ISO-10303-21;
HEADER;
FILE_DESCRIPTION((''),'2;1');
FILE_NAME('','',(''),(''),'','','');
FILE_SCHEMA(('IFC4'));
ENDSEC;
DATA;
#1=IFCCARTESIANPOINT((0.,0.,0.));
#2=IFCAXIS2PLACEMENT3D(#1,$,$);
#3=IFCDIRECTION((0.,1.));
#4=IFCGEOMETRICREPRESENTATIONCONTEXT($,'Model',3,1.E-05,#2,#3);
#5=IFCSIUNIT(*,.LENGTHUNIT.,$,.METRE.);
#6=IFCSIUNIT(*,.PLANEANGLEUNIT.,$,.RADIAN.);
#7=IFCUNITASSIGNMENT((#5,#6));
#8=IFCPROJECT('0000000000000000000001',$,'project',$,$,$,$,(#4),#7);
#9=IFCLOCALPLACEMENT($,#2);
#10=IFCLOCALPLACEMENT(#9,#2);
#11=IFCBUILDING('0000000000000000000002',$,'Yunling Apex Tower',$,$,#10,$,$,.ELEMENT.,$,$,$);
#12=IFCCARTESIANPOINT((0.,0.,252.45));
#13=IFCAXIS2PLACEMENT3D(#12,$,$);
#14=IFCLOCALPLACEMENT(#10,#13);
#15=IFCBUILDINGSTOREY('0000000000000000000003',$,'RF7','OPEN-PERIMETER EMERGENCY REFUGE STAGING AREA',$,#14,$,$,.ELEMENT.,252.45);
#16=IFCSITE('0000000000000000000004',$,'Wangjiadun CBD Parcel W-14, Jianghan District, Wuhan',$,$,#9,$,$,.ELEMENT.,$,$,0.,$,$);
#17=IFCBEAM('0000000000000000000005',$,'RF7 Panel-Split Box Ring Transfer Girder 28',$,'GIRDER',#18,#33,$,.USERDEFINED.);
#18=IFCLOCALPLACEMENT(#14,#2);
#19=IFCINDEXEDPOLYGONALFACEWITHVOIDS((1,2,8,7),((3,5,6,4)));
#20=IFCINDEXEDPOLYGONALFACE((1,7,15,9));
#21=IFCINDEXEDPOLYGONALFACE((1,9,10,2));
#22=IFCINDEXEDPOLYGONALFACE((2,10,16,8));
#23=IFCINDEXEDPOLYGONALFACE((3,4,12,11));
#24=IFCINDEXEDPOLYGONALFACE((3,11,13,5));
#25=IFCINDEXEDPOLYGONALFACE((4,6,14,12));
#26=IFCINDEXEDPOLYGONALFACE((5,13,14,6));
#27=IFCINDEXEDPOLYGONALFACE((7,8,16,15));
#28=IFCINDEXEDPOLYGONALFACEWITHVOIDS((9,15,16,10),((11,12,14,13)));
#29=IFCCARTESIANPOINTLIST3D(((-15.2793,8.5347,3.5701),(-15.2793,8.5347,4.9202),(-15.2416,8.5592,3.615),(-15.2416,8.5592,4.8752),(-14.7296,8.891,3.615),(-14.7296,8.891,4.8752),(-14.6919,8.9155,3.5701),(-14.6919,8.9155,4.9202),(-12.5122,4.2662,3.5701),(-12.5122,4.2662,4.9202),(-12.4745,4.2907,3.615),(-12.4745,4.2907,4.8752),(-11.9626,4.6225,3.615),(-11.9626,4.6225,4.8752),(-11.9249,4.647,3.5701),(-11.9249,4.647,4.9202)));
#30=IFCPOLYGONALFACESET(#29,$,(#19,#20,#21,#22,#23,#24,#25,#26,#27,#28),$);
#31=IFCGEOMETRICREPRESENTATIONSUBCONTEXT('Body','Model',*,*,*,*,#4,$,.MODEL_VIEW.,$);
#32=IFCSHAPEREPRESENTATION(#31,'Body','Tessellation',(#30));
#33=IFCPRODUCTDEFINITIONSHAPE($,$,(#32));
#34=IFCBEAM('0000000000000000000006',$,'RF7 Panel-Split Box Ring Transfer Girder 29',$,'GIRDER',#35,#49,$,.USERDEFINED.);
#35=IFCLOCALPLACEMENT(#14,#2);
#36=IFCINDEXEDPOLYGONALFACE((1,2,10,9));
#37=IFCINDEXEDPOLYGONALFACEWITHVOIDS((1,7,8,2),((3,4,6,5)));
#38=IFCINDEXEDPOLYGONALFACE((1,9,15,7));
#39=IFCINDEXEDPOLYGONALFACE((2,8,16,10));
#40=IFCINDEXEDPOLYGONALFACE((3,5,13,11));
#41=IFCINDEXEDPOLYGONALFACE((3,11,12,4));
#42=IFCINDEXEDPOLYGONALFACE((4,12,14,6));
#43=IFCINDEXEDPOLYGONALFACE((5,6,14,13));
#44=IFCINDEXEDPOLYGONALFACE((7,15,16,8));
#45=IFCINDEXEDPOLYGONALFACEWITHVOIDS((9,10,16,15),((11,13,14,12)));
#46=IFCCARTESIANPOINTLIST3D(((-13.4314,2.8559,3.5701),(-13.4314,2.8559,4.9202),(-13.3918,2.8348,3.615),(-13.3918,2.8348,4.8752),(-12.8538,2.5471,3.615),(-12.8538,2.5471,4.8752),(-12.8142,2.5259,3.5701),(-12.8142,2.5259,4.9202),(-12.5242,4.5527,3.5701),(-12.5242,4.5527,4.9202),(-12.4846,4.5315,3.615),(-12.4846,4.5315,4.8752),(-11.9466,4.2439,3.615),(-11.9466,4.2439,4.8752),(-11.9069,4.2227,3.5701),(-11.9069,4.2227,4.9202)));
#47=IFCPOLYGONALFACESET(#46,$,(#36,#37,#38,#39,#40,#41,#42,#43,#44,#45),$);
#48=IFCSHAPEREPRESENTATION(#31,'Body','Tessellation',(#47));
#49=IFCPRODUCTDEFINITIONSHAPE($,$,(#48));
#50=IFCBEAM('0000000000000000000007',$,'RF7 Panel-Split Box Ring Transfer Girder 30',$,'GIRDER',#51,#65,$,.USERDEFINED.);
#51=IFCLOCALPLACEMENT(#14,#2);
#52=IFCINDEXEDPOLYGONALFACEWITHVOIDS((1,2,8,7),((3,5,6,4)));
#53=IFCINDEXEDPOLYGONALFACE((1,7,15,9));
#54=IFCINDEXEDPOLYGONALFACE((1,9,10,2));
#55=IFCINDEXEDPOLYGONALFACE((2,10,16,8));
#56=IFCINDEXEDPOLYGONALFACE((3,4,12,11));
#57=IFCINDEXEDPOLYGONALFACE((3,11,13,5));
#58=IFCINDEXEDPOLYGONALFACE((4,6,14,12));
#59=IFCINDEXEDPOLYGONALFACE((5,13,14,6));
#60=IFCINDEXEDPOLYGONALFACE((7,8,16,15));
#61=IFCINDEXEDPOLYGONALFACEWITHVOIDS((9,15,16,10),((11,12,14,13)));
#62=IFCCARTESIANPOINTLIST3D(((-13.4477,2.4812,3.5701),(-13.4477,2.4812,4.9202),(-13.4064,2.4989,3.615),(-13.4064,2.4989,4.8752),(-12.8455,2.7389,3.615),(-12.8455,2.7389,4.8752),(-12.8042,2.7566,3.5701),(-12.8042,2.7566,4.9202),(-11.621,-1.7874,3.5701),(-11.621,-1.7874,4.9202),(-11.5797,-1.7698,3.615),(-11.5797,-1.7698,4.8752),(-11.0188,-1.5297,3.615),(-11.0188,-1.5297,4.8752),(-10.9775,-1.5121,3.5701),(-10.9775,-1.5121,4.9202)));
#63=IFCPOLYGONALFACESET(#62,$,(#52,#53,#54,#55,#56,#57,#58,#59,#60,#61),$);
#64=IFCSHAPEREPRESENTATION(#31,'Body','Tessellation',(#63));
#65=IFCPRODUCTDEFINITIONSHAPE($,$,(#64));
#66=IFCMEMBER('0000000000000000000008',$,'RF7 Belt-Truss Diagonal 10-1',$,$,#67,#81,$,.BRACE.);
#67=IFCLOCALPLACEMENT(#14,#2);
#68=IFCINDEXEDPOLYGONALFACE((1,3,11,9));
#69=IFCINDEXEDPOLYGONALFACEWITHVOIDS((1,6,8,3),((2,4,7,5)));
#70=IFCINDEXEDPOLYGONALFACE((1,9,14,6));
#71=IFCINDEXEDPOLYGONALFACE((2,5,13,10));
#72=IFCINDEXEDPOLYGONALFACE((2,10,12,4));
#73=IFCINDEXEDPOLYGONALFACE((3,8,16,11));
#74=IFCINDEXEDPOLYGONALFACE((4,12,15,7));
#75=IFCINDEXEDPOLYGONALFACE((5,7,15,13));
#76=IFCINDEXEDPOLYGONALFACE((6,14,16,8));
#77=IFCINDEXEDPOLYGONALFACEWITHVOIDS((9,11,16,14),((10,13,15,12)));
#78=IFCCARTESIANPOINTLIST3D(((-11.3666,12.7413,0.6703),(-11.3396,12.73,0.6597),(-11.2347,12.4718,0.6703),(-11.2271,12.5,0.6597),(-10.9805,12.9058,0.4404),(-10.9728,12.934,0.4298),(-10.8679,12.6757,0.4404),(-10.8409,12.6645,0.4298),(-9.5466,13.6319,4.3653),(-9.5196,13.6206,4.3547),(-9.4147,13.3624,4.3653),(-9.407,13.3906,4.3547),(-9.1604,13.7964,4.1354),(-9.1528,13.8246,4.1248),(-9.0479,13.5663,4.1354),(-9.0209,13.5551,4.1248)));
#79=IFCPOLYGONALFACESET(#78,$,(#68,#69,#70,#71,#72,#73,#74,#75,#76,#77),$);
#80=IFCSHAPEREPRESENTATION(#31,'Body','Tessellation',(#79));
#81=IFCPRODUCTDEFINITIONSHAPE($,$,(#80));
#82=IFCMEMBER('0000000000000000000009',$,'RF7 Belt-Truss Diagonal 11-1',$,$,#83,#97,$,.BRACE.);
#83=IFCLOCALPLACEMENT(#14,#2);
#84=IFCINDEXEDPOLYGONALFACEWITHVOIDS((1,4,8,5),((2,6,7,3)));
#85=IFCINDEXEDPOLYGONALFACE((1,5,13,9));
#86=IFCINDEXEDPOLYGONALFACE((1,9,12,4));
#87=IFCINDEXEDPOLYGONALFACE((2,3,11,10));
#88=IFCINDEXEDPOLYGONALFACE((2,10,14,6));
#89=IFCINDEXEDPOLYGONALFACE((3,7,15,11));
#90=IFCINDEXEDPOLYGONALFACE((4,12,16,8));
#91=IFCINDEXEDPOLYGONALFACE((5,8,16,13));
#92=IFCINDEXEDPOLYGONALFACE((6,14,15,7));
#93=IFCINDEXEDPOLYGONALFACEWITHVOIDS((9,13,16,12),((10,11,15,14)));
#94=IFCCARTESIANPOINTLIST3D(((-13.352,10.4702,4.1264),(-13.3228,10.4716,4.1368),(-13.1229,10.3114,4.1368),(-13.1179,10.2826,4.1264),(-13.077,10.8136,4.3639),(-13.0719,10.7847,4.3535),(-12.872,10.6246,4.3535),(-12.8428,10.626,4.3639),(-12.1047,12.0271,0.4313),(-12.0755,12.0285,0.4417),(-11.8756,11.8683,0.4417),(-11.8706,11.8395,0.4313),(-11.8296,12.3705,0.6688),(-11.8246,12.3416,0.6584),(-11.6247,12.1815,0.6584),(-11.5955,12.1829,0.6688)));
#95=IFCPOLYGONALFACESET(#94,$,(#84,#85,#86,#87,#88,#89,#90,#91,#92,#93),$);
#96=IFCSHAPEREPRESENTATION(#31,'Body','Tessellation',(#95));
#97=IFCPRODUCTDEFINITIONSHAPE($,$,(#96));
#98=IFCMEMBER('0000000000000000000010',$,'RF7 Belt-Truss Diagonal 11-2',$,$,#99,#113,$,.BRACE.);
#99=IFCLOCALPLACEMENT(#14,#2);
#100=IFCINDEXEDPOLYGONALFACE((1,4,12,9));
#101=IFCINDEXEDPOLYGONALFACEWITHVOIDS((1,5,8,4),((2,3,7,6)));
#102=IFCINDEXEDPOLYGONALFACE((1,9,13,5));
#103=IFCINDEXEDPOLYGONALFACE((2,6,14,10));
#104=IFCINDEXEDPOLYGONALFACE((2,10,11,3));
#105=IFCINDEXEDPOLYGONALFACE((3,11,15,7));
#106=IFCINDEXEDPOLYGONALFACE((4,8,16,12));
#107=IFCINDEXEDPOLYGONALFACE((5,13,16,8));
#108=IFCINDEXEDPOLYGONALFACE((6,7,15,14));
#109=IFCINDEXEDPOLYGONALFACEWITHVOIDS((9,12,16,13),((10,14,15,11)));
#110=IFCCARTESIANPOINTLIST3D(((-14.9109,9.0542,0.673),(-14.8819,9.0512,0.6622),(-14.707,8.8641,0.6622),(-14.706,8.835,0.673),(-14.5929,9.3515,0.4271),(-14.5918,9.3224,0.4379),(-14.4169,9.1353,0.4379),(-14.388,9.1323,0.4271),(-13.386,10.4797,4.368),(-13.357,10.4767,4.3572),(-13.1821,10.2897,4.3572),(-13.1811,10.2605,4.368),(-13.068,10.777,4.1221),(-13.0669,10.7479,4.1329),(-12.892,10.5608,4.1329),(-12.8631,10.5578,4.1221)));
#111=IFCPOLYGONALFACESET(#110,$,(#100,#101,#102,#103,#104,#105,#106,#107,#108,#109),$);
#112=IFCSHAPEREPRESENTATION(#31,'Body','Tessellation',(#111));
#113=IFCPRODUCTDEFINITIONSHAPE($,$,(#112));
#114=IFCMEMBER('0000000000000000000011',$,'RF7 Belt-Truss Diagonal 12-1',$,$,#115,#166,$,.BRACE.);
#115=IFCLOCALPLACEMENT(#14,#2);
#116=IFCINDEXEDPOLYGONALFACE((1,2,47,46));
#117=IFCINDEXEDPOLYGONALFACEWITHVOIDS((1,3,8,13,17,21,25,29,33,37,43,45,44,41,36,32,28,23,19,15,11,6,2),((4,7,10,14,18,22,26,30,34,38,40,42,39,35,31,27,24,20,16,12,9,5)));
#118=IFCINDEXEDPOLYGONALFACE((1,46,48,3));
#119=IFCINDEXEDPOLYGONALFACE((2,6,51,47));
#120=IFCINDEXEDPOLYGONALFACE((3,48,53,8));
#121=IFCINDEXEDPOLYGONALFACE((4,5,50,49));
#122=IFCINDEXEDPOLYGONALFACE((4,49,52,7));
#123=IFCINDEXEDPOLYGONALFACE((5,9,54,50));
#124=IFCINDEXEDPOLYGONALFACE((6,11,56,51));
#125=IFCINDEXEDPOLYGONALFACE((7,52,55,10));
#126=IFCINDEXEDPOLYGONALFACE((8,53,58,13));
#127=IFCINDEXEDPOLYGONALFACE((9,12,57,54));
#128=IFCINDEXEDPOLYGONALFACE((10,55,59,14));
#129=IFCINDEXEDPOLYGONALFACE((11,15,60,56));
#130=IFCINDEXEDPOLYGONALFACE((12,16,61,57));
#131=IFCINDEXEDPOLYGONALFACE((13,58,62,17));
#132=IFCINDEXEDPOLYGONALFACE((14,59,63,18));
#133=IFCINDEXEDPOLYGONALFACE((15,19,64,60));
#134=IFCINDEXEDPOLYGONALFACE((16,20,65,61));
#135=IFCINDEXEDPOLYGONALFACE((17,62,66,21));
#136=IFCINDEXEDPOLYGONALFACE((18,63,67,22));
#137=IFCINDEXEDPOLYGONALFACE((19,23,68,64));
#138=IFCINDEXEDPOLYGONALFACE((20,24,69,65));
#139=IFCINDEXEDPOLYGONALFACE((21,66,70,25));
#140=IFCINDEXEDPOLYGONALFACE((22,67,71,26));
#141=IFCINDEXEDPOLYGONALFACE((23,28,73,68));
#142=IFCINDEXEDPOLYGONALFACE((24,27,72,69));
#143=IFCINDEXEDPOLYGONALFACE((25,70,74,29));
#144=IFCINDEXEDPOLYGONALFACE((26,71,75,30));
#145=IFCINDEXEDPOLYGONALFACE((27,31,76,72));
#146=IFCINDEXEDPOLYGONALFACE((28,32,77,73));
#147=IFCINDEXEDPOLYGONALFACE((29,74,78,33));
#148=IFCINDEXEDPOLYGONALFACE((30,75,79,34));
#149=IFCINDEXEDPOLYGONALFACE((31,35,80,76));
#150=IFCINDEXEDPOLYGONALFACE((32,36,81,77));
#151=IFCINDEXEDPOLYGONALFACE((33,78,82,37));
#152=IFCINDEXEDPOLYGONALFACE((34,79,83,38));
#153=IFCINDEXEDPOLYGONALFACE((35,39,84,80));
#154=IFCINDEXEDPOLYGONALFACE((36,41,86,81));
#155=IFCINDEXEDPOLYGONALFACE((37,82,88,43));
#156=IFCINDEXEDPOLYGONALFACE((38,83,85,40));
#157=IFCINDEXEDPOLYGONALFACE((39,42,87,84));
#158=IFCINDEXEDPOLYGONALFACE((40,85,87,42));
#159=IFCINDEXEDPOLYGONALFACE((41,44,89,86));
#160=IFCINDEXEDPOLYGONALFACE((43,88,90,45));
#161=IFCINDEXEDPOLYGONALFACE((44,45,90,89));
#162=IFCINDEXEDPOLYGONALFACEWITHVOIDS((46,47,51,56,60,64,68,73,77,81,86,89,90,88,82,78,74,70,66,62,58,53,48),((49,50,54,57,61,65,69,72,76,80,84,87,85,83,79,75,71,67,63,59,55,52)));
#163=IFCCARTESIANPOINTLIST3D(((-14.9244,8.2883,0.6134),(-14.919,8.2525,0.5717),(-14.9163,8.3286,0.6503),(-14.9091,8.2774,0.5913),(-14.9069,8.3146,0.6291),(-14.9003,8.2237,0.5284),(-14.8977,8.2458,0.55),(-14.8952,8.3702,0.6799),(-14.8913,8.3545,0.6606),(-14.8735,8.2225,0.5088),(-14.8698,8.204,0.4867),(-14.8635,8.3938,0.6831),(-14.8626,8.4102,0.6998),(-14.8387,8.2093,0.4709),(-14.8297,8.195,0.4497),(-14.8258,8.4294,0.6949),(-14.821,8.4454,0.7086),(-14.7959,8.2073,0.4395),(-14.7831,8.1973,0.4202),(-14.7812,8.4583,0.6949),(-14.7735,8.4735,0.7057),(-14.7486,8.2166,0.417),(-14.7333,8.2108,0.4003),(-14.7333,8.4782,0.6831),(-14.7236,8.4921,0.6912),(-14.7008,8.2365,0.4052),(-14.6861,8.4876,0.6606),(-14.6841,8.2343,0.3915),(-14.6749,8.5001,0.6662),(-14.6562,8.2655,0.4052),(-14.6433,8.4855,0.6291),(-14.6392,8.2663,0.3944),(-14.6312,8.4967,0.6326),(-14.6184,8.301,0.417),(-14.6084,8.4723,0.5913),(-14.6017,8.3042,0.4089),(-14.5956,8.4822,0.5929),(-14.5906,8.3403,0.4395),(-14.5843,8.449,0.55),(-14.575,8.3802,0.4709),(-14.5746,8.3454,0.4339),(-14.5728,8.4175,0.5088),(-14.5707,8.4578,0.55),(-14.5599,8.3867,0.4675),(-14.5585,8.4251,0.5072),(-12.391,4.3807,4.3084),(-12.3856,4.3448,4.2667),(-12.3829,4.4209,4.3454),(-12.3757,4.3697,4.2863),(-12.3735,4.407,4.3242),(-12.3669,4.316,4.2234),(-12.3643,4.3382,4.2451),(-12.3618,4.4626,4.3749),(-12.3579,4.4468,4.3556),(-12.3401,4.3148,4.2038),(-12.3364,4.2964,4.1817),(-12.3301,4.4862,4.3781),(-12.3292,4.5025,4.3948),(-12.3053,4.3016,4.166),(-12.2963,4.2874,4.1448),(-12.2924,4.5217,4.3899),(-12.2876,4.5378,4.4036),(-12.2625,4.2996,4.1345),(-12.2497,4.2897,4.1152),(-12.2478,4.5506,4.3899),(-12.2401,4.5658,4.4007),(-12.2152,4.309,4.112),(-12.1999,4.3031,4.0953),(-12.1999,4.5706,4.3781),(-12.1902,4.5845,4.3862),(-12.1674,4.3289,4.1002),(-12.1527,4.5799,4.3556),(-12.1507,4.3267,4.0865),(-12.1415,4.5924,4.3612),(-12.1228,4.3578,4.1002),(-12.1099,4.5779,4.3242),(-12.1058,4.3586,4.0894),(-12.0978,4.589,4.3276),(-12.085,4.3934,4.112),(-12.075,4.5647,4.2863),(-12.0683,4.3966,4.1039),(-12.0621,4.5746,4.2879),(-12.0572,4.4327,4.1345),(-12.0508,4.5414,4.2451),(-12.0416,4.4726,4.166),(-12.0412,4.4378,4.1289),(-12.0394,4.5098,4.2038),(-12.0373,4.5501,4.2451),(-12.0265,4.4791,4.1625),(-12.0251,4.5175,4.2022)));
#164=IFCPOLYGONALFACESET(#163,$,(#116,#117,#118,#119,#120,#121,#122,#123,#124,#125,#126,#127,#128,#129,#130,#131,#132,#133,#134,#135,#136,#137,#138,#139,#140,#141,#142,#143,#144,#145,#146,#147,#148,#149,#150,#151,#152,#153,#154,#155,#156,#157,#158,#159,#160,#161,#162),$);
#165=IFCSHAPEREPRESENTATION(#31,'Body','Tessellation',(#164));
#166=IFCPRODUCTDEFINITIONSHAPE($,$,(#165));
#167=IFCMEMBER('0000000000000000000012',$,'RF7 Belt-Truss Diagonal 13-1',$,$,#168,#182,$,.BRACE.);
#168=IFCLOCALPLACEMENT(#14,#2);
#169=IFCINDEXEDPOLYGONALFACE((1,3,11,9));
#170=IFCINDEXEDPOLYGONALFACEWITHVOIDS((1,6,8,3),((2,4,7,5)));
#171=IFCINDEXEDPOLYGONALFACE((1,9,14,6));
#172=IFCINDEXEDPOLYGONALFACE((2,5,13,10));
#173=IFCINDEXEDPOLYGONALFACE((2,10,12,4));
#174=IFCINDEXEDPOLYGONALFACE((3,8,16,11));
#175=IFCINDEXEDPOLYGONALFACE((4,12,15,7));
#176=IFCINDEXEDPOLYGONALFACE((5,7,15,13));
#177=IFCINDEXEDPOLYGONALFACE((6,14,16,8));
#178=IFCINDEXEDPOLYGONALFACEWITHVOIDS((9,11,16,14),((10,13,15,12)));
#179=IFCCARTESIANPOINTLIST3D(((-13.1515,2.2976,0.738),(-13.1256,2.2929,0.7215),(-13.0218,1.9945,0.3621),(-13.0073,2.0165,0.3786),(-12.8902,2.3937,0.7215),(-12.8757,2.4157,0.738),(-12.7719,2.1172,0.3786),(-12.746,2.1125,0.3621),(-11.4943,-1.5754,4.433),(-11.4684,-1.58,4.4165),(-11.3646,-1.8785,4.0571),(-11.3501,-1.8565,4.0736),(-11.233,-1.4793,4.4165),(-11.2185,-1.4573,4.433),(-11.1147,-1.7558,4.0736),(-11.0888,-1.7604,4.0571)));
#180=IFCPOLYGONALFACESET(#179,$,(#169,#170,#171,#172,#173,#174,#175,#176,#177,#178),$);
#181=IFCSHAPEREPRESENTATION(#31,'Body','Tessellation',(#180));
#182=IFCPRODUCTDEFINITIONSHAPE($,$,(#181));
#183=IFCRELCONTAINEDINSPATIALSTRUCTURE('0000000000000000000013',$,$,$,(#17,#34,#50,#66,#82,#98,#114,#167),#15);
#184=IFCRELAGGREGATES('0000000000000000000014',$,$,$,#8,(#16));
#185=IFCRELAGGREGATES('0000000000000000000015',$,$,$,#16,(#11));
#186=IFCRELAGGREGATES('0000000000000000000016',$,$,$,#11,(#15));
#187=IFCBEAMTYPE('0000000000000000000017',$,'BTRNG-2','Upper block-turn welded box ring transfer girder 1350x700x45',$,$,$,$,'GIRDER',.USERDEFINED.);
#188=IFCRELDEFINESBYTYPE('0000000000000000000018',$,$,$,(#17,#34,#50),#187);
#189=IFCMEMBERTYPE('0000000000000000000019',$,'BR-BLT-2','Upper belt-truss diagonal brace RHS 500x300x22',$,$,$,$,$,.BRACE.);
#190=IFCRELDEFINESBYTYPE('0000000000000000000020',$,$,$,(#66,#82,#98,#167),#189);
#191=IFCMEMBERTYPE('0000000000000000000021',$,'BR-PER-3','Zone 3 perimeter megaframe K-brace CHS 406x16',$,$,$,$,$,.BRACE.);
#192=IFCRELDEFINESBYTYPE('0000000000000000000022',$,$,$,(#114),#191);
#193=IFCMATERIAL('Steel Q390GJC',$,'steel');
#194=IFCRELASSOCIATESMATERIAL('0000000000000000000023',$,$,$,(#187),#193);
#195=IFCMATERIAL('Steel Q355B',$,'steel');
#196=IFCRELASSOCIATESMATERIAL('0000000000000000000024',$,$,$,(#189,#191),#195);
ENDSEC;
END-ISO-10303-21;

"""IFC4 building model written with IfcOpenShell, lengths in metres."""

from ifc_helpers import new_model, si_unit, direction, frame, origin, origin_2d, place, context, subcontext, project, spatial, hollow_rectangle, hollow_circle, extrude, source, transform, mapped, material, material_profile, profile_set, type_object, element, save


model = new_model("IFC4")

# Units and contexts
model_context = context("Model", 3, precision=1e-05, world=origin(), true_north=direction((0.0, 1.0)))
body_context = subcontext(model_context, "Body", "Model", "MODEL_VIEW")
ifc_project = project(units=[si_unit("LENGTHUNIT", "METRE"), si_unit("PLANEANGLEUNIT", "RADIAN")], contexts=[model_context])

# Site, building, storey
site_placement = place(None, origin())
site = spatial("IfcSite", under=ifc_project, at=site_placement, Name="Wangjiadun CBD Parcel W-14, Jianghan District, Wuhan", CompositionType="ELEMENT", RefElevation=0.0)
building_placement = place(site_placement, origin())
building = spatial("IfcBuilding", under=site, at=building_placement, Name="Yunling Apex Tower", CompositionType="ELEMENT")
storey_placement = place(building_placement, frame((0.0, 0.0, 252.45)))
storey = spatial("IfcBuildingStorey", under=building, at=storey_placement, Name="RF7", Description="OPEN-PERIMETER EMERGENCY REFUGE STAGING AREA", CompositionType="ELEMENT", Elevation=252.45)

# Shared definitions
ifc_material_1 = material(Name="Steel Q390GJC", Category="steel")

# Shared definitions
ifc_material_2 = material(Name="Steel Q355B", Category="steel")

# Beams
ifc_material_profile_1 = material_profile(ifc_material_1, hollow_rectangle(XDim=0.7, YDim=1.3501, WallThickness=0.0449, at=origin_2d()))
ifc_profile_set_1 = profile_set([ifc_material_profile_1], Name="Steel Q390GJC")
beam_type = type_object("IfcBeamType", Name="BTRNG-2", Description="Upper block-turn welded box ring transfer girder 1350x700x45", ElementType="GIRDER", PredefinedType="USERDEFINED", material=ifc_profile_set_1)
shared_shape_1 = source(origin(), body_context, "Body", "SweptSolid", [
    extrude(hollow_rectangle(XDim=0.7, YDim=1.3501, WallThickness=0.0449, at=origin_2d()), origin(), (0.0, 0.0, 1.0), 5.0869),
])
beam_1_placement = place(storey_placement, frame((-14.9856, 8.7251, 4.2451), z_axis=(0.543956, -0.839114, 0.0), x_axis=(0.839114, 0.543956, 0.0)))
element("IfcBeam", 1, at=beam_1_placement, inside=storey, type_object=beam_type, Name="RF7 Panel-Split Box Ring Transfer Girder 28", ObjectType="GIRDER", PredefinedType="USERDEFINED", context=body_context, shape_type="MappedRepresentation", body=[
    mapped(shared_shape_1, transform((0.0, 0.0, 0.0), scale=1.0)),
])
shared_shape_2 = source(origin(), body_context, "Body", "SweptSolid", [
    extrude(hollow_rectangle(XDim=0.7, YDim=1.3501, WallThickness=0.0449, at=origin_2d()), origin(), (0.0, 0.0, 1.0), 1.9241),
])
beam_2_placement = place(storey_placement, frame((-12.2156, 4.3877, 4.2451), z_axis=(-0.47151, -0.881861, 0.0), x_axis=(0.881861, -0.47151, 0.0)))
element("IfcBeam", 2, at=beam_2_placement, inside=storey, type_object=beam_type, Name="RF7 Panel-Split Box Ring Transfer Girder 29", ObjectType="GIRDER", PredefinedType="USERDEFINED", context=body_context, shape_type="MappedRepresentation", body=[
    mapped(shared_shape_2, transform((0.0, 0.0, 0.0), scale=1.0)),
])
shared_shape_3 = source(origin(), body_context, "Body", "SweptSolid", [
    extrude(hollow_rectangle(XDim=0.7, YDim=1.3501, WallThickness=0.0449, at=origin_2d()), origin(), (0.0, 0.0, 1.0), 4.6431),
])
beam_3_placement = place(storey_placement, frame((-13.126, 2.6189, 4.2451), z_axis=(0.393424, -0.919357, 0.0), x_axis=(0.919357, 0.393424, 0.0)))
element("IfcBeam", 3, at=beam_3_placement, inside=storey, type_object=beam_type, Name="RF7 Panel-Split Box Ring Transfer Girder 30", ObjectType="GIRDER", PredefinedType="USERDEFINED", context=body_context, shape_type="MappedRepresentation", body=[
    mapped(shared_shape_3, transform((0.0, 0.0, 0.0), scale=1.0)),
])

# Members
ifc_material_profile_2 = material_profile(ifc_material_2, hollow_rectangle(XDim=0.3, YDim=0.5, WallThickness=0.022, at=origin_2d()))
ifc_profile_set_2 = profile_set([ifc_material_profile_2], Name="Steel Q355B")
member_type_1 = type_object("IfcMemberType", Name="BR-BLT-2", Description="Upper belt-truss diagonal brace RHS 500x300x22", PredefinedType="BRACE", material=ifc_profile_set_2)
shared_shape_4 = source(origin(), body_context, "Body", "SweptSolid", [
    extrude(hollow_rectangle(XDim=0.3, YDim=0.5, WallThickness=0.022, at=origin_2d()), origin(), (0.0, 0.0, 1.0), 4.2141),
])
member_1_placement = place(storey_placement, frame((-11.1038, 12.7029, 0.55), z_axis=(0.431891, 0.21134, 0.876816), x_axis=(-0.439534, 0.898226, 0.0)))
element("IfcMember", 4, at=member_1_placement, inside=storey, type_object=member_type_1, Name="RF7 Belt-Truss Diagonal 10-1", PredefinedType="BRACE", context=body_context, shape_type="MappedRepresentation", body=[
    mapped(shared_shape_4, transform((0.0, 0.0, 0.0), scale=1.0)),
])
shared_shape_5 = source(origin(), body_context, "Body", "SweptSolid", [
    extrude(hollow_rectangle(XDim=0.3, YDim=0.5, WallThickness=0.022, at=origin_2d()), origin(), (0.0, 0.0, 1.0), 4.1992),
])
member_2_placement = place(storey_placement, frame((-11.8501, 12.105, 0.55), z_axis=(-0.297037, -0.370758, 0.879947), x_axis=(0.780427, -0.625247, 0.0)))
element("IfcMember", 5, at=member_2_placement, inside=storey, type_object=member_type_1, Name="RF7 Belt-Truss Diagonal 11-1", PredefinedType="BRACE", context=body_context, shape_type="MappedRepresentation", body=[
    mapped(shared_shape_5, transform((0.0, 0.0, 0.0), scale=1.0)),
])
shared_shape_6 = source(origin(), body_context, "Body", "SweptSolid", [
    extrude(hollow_rectangle(XDim=0.3, YDim=0.5, WallThickness=0.022, at=origin_2d()), origin(), (0.0, 0.0, 1.0), 4.2439),
])
member_3_placement = place(storey_placement, frame((-14.6494, 9.0933, 0.55), z_axis=(0.359313, 0.3359, 0.87067), x_axis=(-0.682906, 0.730507, 0.0)))
element("IfcMember", 6, at=member_3_placement, inside=storey, type_object=member_type_1, Name="RF7 Belt-Truss Diagonal 11-2", PredefinedType="BRACE", context=body_context, shape_type="MappedRepresentation", body=[
    mapped(shared_shape_6, transform((0.0, 0.0, 0.0), scale=1.0)),
])
ifc_material_profile_3 = material_profile(ifc_material_2, hollow_circle(Radius=0.2029, WallThickness=0.0161, at=origin_2d()))
ifc_profile_set_3 = profile_set([ifc_material_profile_3], Name="Steel Q355B")
member_type_2 = type_object("IfcMemberType", Name="BR-PER-3", Description="Zone 3 perimeter megaframe K-brace CHS 406x16", PredefinedType="BRACE", material=ifc_profile_set_3)
shared_shape_7 = source(origin(), body_context, "Body", "SweptSolid", [
    extrude(hollow_circle(Radius=0.2029, WallThickness=0.0161, at=origin_2d()), origin(), (0.0, 0.0, 1.0), 5.9448),
])
member_4_placement = place(storey_placement, frame((-14.741, 8.3474, 0.55), z_axis=(0.426153, -0.65732, 0.62155), x_axis=(0.839087, 0.543997, 0.0)))
element("IfcMember", 7, at=member_4_placement, inside=storey, type_object=member_type_2, Name="RF7 Belt-Truss Diagonal 12-1", PredefinedType="BRACE", context=body_context, shape_type="MappedRepresentation", body=[
    mapped(shared_shape_7, transform((0.0, 0.0, 0.0), scale=1.0)),
])
shared_shape_8 = source(origin(), body_context, "Body", "SweptSolid", [
    extrude(hollow_rectangle(XDim=0.3, YDim=0.5, WallThickness=0.022, at=origin_2d()), origin(), (0.0, 0.0, 1.0), 5.6035),
])
member_5_placement = place(storey_placement, frame((-12.9487, 2.2051, 0.55), z_axis=(0.295743, -0.69117, 0.659409), x_axis=(0.919373, 0.393388, 0.0)))
element("IfcMember", 8, at=member_5_placement, inside=storey, type_object=member_type_1, Name="RF7 Belt-Truss Diagonal 13-1", PredefinedType="BRACE", context=body_context, shape_type="MappedRepresentation", body=[
    mapped(shared_shape_8, transform((0.0, 0.0, 0.0), scale=1.0)),
])

save(model, "model.ifc")
